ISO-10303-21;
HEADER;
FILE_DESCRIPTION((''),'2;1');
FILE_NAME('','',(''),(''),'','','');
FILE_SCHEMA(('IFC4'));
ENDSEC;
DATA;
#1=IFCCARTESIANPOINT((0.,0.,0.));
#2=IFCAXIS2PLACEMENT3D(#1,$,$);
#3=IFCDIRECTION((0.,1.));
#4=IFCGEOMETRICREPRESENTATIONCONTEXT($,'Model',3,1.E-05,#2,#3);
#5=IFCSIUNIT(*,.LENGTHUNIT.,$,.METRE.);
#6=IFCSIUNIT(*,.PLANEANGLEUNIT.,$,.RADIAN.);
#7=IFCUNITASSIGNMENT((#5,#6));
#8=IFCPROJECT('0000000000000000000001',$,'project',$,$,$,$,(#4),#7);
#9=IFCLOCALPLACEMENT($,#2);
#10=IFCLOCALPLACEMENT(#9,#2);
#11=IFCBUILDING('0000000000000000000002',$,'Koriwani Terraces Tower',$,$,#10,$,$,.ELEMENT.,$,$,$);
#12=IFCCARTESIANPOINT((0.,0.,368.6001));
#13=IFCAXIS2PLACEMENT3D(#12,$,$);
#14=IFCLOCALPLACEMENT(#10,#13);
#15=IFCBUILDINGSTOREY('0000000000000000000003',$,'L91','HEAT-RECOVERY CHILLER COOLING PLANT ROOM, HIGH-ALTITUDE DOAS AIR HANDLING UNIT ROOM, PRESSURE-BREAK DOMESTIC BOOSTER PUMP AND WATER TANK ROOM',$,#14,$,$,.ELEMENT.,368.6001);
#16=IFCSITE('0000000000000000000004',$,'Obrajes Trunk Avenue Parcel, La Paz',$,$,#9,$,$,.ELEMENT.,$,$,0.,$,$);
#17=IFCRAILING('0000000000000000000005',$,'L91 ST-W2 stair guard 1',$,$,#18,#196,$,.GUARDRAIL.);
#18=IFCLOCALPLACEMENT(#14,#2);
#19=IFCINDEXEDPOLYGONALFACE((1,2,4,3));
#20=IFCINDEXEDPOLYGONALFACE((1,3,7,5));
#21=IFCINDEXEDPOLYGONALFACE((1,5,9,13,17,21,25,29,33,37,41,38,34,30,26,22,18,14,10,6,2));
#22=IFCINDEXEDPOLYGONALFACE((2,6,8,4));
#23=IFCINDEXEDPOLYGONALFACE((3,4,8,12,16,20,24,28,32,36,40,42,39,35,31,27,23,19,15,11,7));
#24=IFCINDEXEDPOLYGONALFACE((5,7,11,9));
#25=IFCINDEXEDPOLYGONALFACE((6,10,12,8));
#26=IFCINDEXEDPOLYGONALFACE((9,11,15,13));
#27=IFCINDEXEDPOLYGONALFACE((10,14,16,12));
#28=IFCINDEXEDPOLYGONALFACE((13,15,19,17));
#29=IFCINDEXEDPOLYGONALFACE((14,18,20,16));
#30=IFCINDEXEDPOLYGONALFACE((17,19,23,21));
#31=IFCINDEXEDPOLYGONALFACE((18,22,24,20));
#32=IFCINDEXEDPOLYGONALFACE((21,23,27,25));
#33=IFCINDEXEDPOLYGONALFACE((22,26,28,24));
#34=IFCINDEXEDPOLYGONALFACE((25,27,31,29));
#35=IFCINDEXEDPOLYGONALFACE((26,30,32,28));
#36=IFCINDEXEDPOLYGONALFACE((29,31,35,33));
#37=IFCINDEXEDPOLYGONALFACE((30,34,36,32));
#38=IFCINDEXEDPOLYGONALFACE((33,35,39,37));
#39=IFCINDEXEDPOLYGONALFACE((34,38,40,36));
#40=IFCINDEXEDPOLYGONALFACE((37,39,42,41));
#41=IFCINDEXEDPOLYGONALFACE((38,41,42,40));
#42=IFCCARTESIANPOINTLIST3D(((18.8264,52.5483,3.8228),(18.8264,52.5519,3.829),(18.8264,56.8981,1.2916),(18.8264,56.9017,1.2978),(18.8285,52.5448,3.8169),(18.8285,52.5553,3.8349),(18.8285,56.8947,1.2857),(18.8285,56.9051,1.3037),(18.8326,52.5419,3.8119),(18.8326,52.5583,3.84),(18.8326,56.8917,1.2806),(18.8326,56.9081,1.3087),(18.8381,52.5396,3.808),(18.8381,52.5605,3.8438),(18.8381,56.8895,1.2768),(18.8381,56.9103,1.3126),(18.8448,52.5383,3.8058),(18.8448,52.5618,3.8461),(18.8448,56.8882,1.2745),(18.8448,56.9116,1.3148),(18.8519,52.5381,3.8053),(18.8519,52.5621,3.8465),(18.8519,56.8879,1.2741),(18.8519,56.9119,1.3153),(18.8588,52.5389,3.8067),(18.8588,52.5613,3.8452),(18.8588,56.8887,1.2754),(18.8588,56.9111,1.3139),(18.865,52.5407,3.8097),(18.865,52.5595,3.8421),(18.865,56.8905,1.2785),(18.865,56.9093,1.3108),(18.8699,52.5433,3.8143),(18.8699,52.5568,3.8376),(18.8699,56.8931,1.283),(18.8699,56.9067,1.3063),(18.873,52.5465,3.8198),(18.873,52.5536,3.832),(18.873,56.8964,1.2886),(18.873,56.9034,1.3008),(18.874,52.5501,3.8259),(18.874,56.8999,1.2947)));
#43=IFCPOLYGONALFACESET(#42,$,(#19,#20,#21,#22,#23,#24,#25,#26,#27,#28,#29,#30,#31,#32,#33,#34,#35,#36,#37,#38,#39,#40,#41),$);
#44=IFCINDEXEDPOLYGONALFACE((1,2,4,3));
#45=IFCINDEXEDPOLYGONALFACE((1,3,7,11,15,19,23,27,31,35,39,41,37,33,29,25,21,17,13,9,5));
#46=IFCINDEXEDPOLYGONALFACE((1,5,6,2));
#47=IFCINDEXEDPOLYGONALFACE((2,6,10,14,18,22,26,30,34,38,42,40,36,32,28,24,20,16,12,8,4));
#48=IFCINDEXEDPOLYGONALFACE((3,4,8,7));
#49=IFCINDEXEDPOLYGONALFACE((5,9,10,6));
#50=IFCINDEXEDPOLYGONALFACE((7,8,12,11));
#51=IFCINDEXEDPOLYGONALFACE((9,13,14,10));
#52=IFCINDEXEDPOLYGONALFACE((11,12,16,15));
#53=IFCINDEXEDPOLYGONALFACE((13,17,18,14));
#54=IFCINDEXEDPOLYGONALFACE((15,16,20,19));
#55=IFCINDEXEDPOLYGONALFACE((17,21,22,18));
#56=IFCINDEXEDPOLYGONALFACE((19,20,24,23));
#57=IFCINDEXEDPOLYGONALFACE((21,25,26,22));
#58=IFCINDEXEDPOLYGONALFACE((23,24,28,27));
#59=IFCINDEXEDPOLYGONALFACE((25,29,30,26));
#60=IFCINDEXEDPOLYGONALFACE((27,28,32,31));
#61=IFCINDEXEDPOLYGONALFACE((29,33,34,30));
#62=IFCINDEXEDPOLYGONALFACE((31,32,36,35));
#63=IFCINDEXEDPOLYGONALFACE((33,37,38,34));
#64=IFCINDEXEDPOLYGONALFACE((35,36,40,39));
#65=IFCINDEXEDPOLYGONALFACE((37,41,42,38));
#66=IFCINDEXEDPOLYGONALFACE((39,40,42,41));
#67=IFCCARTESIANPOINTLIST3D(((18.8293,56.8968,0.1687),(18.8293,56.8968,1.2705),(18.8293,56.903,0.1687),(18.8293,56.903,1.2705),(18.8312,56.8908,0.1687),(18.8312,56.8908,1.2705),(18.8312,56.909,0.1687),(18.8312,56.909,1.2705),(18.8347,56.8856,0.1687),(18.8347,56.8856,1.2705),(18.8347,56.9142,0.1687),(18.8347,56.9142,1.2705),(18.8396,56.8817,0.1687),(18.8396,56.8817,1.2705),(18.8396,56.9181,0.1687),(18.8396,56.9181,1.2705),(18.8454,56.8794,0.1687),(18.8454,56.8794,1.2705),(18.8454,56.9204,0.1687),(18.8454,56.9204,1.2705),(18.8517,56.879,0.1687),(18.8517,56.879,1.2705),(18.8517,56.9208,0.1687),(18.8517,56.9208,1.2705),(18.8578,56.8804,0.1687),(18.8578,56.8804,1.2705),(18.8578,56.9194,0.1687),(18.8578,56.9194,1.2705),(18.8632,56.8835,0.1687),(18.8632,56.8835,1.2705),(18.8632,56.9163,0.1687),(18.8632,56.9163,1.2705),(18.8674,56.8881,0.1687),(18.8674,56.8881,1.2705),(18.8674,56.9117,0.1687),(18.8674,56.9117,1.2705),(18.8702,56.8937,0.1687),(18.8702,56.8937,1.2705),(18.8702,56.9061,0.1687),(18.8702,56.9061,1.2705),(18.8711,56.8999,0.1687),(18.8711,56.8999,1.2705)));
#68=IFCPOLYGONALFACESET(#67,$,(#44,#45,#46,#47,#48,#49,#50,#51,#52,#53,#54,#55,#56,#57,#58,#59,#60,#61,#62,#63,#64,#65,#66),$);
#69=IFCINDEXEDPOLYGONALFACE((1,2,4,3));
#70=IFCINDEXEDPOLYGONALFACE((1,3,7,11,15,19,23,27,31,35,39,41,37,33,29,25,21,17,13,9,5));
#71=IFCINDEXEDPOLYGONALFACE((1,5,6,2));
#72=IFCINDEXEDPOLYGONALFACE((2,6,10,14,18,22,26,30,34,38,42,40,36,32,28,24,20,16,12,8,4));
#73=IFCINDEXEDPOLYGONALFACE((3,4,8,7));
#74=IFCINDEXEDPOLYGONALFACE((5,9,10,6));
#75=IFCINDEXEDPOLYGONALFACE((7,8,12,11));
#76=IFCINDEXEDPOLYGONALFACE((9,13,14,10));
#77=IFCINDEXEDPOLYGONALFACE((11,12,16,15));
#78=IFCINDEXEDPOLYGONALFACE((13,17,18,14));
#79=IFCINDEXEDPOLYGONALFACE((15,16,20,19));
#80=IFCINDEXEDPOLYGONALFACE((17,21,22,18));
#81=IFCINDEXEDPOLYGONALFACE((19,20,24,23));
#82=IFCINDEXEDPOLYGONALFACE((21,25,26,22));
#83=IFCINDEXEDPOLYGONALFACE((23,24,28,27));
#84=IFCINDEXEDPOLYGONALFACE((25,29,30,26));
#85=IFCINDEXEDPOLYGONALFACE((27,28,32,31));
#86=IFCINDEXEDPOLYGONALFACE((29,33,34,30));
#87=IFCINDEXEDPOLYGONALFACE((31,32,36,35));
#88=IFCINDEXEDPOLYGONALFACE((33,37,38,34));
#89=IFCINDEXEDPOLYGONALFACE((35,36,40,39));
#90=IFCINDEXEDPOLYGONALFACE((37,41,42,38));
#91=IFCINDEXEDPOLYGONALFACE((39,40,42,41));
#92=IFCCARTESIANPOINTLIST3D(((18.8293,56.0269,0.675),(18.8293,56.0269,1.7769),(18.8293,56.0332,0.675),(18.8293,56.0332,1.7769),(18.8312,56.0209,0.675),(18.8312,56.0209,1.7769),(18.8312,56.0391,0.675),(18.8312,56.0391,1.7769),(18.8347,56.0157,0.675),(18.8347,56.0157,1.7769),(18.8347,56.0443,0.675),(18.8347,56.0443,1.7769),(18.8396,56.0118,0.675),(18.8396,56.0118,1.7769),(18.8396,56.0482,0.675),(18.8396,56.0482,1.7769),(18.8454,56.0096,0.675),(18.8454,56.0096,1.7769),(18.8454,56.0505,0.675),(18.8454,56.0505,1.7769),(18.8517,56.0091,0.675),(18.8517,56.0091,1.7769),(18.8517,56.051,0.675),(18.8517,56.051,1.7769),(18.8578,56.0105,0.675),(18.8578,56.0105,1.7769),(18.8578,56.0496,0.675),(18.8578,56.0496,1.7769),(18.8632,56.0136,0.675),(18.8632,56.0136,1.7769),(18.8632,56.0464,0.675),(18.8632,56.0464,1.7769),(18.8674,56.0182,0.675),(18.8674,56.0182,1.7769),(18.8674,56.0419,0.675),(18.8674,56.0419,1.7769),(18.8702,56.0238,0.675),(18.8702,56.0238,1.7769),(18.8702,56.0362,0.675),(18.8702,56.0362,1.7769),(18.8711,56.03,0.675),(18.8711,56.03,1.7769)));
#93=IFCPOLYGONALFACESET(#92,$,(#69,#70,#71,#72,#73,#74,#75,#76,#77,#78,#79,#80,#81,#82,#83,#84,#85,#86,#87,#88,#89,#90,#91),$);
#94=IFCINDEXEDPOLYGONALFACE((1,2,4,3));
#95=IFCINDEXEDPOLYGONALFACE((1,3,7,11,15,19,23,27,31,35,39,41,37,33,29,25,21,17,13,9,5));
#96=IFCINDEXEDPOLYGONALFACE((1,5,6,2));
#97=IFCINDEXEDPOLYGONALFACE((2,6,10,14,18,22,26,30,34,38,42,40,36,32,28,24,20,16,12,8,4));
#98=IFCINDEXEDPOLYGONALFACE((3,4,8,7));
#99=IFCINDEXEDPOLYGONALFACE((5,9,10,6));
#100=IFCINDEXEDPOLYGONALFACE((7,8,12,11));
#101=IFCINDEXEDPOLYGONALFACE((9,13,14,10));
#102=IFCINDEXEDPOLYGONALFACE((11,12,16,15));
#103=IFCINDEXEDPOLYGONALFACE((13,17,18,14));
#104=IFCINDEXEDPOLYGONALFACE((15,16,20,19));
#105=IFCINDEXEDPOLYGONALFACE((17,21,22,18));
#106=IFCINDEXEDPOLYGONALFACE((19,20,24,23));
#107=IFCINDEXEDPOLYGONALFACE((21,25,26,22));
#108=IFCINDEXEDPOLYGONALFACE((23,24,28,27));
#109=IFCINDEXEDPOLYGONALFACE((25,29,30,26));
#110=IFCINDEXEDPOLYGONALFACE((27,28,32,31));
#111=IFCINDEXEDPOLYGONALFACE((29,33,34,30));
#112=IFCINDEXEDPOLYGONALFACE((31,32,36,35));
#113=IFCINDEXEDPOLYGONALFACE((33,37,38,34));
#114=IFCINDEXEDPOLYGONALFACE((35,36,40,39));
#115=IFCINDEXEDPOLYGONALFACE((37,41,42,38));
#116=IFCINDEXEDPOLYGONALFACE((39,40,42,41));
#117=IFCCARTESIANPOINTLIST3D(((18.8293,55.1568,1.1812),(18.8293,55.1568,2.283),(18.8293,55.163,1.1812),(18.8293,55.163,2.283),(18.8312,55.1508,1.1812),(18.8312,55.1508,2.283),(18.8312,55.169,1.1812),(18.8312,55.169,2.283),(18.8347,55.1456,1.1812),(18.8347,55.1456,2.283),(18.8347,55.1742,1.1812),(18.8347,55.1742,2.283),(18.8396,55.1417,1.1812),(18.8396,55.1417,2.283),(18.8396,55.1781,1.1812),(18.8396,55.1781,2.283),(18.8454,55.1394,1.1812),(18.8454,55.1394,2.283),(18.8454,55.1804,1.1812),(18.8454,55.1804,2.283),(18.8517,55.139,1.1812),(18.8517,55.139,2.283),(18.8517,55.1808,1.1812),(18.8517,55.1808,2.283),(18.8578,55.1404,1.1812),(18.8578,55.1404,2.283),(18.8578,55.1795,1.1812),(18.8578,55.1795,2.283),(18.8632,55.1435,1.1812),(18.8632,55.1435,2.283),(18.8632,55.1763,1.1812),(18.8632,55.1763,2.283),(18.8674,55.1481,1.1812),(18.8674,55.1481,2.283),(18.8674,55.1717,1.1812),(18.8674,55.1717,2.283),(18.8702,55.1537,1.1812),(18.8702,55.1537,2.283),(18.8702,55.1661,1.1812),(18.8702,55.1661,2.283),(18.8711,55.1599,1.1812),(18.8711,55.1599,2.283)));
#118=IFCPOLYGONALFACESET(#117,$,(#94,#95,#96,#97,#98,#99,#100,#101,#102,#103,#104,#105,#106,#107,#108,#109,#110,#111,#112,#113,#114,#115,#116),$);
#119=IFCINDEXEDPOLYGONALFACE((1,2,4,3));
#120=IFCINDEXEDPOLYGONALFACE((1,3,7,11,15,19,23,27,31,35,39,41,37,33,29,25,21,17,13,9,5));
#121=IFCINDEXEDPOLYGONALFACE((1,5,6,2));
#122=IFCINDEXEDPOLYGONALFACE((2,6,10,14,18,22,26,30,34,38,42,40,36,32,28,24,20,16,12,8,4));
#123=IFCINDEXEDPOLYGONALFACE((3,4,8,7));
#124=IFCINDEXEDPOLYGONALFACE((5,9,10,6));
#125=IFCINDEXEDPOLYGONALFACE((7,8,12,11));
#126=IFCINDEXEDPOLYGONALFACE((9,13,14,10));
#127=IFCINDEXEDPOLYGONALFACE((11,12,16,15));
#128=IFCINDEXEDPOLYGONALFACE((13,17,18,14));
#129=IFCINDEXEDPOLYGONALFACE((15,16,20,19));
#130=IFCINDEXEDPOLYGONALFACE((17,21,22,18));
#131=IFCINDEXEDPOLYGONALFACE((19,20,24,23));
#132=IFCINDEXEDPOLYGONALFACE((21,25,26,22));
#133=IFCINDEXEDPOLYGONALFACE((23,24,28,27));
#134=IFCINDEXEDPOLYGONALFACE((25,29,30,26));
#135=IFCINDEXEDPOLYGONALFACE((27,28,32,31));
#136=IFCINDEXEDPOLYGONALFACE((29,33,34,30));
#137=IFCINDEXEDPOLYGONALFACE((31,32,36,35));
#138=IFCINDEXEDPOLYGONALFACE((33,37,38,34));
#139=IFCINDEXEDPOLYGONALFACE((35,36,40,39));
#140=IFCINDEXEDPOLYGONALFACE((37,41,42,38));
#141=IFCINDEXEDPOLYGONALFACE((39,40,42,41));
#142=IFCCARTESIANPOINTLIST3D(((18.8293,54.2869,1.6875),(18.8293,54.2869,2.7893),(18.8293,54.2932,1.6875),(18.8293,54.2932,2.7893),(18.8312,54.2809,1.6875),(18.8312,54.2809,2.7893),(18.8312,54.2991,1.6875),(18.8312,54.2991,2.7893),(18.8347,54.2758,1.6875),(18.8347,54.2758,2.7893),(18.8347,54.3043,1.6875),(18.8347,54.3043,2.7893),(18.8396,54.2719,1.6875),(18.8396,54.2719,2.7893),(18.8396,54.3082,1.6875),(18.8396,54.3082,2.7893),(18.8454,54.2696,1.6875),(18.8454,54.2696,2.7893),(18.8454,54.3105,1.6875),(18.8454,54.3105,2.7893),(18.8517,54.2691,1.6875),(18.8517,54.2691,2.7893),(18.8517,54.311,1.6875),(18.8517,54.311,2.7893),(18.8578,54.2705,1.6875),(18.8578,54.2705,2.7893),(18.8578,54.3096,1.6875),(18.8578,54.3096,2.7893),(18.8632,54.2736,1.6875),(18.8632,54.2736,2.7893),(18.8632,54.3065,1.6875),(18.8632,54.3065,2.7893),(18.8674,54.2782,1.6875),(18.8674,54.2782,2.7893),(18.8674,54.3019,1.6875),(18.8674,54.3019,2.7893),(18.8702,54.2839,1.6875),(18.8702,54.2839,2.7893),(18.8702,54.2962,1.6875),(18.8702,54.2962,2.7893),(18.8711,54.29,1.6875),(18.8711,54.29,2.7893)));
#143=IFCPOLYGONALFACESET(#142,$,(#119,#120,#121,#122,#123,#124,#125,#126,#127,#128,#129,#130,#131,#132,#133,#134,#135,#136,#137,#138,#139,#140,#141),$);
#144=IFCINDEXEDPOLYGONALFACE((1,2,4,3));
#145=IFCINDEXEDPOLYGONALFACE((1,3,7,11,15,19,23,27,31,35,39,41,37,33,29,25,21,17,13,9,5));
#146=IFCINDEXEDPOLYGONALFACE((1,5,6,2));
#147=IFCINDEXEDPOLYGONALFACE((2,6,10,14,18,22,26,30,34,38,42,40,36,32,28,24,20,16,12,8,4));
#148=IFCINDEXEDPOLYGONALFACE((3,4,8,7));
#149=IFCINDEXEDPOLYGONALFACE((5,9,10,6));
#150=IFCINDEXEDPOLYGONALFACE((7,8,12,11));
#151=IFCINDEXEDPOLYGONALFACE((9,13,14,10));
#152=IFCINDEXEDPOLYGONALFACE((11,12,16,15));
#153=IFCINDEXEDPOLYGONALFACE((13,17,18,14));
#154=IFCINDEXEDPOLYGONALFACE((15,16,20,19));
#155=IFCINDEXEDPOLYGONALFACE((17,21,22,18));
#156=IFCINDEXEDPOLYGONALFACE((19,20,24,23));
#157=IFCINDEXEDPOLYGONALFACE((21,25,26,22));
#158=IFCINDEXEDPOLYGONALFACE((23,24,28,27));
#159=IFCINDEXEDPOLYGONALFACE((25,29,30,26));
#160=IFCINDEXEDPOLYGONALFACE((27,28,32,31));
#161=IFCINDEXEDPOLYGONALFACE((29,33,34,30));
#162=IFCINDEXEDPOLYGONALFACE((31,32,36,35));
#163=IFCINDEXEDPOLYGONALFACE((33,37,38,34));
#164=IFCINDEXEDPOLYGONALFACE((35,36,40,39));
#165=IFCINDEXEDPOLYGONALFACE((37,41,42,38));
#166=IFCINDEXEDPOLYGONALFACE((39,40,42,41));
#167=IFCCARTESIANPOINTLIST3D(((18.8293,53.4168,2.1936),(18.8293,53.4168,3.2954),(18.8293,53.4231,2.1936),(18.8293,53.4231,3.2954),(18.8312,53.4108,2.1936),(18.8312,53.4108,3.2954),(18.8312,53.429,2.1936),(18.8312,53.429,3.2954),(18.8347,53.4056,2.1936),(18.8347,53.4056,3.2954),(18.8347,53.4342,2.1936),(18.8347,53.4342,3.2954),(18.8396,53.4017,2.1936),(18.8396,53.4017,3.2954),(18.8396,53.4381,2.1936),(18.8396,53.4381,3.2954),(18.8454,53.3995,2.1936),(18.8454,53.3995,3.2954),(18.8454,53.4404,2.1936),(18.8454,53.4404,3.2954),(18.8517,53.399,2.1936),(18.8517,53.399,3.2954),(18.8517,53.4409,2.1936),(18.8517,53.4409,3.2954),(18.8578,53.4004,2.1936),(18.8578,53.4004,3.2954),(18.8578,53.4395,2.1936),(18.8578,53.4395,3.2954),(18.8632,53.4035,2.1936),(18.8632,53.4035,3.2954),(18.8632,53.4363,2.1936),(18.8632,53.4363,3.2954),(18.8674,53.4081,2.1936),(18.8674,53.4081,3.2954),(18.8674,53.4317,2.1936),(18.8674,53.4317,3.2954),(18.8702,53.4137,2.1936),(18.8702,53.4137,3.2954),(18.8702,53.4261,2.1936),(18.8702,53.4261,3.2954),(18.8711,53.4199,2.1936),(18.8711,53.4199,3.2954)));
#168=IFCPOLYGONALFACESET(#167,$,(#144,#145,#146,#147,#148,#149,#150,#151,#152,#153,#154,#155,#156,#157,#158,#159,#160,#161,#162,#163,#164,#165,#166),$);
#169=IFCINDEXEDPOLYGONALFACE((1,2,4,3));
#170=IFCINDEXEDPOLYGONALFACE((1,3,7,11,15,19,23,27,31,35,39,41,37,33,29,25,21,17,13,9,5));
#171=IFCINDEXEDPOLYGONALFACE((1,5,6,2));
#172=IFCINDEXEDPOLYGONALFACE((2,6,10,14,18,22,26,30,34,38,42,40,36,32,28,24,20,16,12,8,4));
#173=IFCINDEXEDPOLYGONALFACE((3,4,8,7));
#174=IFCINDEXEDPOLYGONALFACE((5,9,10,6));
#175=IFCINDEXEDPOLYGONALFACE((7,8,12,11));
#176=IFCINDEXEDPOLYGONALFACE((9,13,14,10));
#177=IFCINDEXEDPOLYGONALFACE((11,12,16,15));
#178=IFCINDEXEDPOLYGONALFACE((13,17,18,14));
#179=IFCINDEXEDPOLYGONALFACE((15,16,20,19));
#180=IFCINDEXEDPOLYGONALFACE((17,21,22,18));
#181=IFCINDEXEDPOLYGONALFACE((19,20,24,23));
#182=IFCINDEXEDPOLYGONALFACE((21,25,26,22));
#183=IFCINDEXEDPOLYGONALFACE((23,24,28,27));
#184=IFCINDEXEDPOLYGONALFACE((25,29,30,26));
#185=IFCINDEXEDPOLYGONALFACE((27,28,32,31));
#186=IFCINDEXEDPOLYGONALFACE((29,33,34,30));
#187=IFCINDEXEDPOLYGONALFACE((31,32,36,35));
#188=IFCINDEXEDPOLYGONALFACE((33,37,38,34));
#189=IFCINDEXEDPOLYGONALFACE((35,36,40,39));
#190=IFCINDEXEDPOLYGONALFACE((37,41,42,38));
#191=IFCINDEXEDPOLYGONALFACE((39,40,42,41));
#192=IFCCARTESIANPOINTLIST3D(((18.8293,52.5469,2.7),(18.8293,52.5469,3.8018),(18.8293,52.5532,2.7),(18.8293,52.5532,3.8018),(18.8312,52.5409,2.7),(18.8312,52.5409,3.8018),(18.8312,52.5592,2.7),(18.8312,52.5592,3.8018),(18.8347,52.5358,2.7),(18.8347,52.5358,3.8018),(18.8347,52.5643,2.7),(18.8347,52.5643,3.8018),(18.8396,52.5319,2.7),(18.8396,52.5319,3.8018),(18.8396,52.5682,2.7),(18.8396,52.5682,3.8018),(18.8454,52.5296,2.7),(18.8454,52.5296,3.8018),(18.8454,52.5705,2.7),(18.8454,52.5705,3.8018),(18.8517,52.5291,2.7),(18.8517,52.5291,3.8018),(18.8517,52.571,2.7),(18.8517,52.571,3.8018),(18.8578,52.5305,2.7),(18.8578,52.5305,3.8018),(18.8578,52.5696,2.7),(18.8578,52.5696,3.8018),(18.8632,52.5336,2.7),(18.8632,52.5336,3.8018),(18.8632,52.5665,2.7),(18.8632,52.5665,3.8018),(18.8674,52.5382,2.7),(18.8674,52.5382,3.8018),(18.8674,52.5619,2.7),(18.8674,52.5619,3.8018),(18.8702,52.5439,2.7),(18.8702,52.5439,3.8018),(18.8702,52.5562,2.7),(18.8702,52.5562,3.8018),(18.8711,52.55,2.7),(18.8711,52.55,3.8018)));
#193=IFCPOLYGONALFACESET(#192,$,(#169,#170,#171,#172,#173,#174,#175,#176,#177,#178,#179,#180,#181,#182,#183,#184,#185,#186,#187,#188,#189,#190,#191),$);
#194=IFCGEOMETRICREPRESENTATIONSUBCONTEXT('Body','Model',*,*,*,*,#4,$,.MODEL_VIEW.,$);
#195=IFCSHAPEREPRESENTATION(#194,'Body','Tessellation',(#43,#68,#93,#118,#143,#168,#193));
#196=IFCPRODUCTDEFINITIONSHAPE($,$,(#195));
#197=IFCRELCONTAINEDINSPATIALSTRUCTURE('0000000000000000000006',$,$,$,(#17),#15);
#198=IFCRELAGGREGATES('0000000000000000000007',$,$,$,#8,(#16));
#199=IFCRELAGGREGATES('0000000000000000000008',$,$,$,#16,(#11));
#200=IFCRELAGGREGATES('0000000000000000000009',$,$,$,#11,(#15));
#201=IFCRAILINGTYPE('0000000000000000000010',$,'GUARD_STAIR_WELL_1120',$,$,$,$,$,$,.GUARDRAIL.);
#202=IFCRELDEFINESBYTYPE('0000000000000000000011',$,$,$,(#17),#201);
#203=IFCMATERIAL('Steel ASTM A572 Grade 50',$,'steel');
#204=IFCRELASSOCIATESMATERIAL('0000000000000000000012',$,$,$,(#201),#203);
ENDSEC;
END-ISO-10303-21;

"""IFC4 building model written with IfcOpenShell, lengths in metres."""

from ifc_helpers import new_model, si_unit, direction, frame, origin, origin_2d, place, context, subcontext, project, spatial, circle, extrude, material, type_object, element, save


model = new_model("IFC4")

# Units and contexts
model_context = context("Model", 3, precision=1e-05, world=origin(), true_north=direction((0.0, 1.0)))
body_context = subcontext(model_context, "Body", "Model", "MODEL_VIEW")
ifc_project = project(units=[si_unit("LENGTHUNIT", "METRE"), si_unit("PLANEANGLEUNIT", "RADIAN")], contexts=[model_context])

# Site, building, storey
site_placement = place(None, origin())
site = spatial("IfcSite", under=ifc_project, at=site_placement, Name="Obrajes Trunk Avenue Parcel, La Paz", CompositionType="ELEMENT", RefElevation=0.0)
building_placement = place(site_placement, origin())
building = spatial("IfcBuilding", under=site, at=building_placement, Name="Koriwani Terraces Tower", CompositionType="ELEMENT")
storey_placement = place(building_placement, frame((0.0, 0.0, 368.6001)))
storey = spatial("IfcBuildingStorey", under=building, at=storey_placement, Name="L91", Description="HEAT-RECOVERY CHILLER COOLING PLANT ROOM, HIGH-ALTITUDE DOAS AIR HANDLING UNIT ROOM, PRESSURE-BREAK DOMESTIC BOOSTER PUMP AND WATER TANK ROOM", CompositionType="ELEMENT", Elevation=368.6001)

# Shared definitions
ifc_material_1 = material(Name="Steel ASTM A572 Grade 50", Category="steel")

# Railing
railing_type_1 = type_object("IfcRailingType", Name="GUARD_STAIR_WELL_1120", PredefinedType="GUARDRAIL", material=ifc_material_1)
railing_1_placement = place(storey_placement, frame((18.8501, 56.8999, 0.1687)))
element("IfcRailing", 1, at=railing_1_placement, inside=storey, type_object=railing_type_1, Name="L91 ST-W2 stair guard 1", PredefinedType="GUARDRAIL", context=body_context, shape_type="SweptSolid", body=[
    extrude(circle(Radius=0.0239, at=origin_2d()), frame((0.0, 0.0, 1.126), z_axis=(0.0, -0.864312, 0.502957), x_axis=(1.0, 0.0, 0.0)), (0.0, 0.0, 1.0), 5.0327),
    extrude(circle(Radius=0.021, at=origin_2d()), origin(), (0.0, 0.0, 1.0), 1.1018),
    extrude(circle(Radius=0.021, at=origin_2d()), frame((0.0, -0.8699, 0.5063)), (0.0, 0.0, 1.0), 1.1018),
    extrude(circle(Radius=0.021, at=origin_2d()), frame((0.0, -1.74, 1.0125)), (0.0, 0.0, 1.0), 1.1018),
    extrude(circle(Radius=0.021, at=origin_2d()), frame((0.0, -2.6099, 1.5188)), (0.0, 0.0, 1.0), 1.1018),
    extrude(circle(Radius=0.021, at=origin_2d()), frame((0.0, -3.48, 2.0249)), (0.0, 0.0, 1.0), 1.1018),
    extrude(circle(Radius=0.021, at=origin_2d()), frame((0.0, -4.3499, 2.5312)), (0.0, 0.0, 1.0), 1.1018),
])

save(model, "model.ifc")
